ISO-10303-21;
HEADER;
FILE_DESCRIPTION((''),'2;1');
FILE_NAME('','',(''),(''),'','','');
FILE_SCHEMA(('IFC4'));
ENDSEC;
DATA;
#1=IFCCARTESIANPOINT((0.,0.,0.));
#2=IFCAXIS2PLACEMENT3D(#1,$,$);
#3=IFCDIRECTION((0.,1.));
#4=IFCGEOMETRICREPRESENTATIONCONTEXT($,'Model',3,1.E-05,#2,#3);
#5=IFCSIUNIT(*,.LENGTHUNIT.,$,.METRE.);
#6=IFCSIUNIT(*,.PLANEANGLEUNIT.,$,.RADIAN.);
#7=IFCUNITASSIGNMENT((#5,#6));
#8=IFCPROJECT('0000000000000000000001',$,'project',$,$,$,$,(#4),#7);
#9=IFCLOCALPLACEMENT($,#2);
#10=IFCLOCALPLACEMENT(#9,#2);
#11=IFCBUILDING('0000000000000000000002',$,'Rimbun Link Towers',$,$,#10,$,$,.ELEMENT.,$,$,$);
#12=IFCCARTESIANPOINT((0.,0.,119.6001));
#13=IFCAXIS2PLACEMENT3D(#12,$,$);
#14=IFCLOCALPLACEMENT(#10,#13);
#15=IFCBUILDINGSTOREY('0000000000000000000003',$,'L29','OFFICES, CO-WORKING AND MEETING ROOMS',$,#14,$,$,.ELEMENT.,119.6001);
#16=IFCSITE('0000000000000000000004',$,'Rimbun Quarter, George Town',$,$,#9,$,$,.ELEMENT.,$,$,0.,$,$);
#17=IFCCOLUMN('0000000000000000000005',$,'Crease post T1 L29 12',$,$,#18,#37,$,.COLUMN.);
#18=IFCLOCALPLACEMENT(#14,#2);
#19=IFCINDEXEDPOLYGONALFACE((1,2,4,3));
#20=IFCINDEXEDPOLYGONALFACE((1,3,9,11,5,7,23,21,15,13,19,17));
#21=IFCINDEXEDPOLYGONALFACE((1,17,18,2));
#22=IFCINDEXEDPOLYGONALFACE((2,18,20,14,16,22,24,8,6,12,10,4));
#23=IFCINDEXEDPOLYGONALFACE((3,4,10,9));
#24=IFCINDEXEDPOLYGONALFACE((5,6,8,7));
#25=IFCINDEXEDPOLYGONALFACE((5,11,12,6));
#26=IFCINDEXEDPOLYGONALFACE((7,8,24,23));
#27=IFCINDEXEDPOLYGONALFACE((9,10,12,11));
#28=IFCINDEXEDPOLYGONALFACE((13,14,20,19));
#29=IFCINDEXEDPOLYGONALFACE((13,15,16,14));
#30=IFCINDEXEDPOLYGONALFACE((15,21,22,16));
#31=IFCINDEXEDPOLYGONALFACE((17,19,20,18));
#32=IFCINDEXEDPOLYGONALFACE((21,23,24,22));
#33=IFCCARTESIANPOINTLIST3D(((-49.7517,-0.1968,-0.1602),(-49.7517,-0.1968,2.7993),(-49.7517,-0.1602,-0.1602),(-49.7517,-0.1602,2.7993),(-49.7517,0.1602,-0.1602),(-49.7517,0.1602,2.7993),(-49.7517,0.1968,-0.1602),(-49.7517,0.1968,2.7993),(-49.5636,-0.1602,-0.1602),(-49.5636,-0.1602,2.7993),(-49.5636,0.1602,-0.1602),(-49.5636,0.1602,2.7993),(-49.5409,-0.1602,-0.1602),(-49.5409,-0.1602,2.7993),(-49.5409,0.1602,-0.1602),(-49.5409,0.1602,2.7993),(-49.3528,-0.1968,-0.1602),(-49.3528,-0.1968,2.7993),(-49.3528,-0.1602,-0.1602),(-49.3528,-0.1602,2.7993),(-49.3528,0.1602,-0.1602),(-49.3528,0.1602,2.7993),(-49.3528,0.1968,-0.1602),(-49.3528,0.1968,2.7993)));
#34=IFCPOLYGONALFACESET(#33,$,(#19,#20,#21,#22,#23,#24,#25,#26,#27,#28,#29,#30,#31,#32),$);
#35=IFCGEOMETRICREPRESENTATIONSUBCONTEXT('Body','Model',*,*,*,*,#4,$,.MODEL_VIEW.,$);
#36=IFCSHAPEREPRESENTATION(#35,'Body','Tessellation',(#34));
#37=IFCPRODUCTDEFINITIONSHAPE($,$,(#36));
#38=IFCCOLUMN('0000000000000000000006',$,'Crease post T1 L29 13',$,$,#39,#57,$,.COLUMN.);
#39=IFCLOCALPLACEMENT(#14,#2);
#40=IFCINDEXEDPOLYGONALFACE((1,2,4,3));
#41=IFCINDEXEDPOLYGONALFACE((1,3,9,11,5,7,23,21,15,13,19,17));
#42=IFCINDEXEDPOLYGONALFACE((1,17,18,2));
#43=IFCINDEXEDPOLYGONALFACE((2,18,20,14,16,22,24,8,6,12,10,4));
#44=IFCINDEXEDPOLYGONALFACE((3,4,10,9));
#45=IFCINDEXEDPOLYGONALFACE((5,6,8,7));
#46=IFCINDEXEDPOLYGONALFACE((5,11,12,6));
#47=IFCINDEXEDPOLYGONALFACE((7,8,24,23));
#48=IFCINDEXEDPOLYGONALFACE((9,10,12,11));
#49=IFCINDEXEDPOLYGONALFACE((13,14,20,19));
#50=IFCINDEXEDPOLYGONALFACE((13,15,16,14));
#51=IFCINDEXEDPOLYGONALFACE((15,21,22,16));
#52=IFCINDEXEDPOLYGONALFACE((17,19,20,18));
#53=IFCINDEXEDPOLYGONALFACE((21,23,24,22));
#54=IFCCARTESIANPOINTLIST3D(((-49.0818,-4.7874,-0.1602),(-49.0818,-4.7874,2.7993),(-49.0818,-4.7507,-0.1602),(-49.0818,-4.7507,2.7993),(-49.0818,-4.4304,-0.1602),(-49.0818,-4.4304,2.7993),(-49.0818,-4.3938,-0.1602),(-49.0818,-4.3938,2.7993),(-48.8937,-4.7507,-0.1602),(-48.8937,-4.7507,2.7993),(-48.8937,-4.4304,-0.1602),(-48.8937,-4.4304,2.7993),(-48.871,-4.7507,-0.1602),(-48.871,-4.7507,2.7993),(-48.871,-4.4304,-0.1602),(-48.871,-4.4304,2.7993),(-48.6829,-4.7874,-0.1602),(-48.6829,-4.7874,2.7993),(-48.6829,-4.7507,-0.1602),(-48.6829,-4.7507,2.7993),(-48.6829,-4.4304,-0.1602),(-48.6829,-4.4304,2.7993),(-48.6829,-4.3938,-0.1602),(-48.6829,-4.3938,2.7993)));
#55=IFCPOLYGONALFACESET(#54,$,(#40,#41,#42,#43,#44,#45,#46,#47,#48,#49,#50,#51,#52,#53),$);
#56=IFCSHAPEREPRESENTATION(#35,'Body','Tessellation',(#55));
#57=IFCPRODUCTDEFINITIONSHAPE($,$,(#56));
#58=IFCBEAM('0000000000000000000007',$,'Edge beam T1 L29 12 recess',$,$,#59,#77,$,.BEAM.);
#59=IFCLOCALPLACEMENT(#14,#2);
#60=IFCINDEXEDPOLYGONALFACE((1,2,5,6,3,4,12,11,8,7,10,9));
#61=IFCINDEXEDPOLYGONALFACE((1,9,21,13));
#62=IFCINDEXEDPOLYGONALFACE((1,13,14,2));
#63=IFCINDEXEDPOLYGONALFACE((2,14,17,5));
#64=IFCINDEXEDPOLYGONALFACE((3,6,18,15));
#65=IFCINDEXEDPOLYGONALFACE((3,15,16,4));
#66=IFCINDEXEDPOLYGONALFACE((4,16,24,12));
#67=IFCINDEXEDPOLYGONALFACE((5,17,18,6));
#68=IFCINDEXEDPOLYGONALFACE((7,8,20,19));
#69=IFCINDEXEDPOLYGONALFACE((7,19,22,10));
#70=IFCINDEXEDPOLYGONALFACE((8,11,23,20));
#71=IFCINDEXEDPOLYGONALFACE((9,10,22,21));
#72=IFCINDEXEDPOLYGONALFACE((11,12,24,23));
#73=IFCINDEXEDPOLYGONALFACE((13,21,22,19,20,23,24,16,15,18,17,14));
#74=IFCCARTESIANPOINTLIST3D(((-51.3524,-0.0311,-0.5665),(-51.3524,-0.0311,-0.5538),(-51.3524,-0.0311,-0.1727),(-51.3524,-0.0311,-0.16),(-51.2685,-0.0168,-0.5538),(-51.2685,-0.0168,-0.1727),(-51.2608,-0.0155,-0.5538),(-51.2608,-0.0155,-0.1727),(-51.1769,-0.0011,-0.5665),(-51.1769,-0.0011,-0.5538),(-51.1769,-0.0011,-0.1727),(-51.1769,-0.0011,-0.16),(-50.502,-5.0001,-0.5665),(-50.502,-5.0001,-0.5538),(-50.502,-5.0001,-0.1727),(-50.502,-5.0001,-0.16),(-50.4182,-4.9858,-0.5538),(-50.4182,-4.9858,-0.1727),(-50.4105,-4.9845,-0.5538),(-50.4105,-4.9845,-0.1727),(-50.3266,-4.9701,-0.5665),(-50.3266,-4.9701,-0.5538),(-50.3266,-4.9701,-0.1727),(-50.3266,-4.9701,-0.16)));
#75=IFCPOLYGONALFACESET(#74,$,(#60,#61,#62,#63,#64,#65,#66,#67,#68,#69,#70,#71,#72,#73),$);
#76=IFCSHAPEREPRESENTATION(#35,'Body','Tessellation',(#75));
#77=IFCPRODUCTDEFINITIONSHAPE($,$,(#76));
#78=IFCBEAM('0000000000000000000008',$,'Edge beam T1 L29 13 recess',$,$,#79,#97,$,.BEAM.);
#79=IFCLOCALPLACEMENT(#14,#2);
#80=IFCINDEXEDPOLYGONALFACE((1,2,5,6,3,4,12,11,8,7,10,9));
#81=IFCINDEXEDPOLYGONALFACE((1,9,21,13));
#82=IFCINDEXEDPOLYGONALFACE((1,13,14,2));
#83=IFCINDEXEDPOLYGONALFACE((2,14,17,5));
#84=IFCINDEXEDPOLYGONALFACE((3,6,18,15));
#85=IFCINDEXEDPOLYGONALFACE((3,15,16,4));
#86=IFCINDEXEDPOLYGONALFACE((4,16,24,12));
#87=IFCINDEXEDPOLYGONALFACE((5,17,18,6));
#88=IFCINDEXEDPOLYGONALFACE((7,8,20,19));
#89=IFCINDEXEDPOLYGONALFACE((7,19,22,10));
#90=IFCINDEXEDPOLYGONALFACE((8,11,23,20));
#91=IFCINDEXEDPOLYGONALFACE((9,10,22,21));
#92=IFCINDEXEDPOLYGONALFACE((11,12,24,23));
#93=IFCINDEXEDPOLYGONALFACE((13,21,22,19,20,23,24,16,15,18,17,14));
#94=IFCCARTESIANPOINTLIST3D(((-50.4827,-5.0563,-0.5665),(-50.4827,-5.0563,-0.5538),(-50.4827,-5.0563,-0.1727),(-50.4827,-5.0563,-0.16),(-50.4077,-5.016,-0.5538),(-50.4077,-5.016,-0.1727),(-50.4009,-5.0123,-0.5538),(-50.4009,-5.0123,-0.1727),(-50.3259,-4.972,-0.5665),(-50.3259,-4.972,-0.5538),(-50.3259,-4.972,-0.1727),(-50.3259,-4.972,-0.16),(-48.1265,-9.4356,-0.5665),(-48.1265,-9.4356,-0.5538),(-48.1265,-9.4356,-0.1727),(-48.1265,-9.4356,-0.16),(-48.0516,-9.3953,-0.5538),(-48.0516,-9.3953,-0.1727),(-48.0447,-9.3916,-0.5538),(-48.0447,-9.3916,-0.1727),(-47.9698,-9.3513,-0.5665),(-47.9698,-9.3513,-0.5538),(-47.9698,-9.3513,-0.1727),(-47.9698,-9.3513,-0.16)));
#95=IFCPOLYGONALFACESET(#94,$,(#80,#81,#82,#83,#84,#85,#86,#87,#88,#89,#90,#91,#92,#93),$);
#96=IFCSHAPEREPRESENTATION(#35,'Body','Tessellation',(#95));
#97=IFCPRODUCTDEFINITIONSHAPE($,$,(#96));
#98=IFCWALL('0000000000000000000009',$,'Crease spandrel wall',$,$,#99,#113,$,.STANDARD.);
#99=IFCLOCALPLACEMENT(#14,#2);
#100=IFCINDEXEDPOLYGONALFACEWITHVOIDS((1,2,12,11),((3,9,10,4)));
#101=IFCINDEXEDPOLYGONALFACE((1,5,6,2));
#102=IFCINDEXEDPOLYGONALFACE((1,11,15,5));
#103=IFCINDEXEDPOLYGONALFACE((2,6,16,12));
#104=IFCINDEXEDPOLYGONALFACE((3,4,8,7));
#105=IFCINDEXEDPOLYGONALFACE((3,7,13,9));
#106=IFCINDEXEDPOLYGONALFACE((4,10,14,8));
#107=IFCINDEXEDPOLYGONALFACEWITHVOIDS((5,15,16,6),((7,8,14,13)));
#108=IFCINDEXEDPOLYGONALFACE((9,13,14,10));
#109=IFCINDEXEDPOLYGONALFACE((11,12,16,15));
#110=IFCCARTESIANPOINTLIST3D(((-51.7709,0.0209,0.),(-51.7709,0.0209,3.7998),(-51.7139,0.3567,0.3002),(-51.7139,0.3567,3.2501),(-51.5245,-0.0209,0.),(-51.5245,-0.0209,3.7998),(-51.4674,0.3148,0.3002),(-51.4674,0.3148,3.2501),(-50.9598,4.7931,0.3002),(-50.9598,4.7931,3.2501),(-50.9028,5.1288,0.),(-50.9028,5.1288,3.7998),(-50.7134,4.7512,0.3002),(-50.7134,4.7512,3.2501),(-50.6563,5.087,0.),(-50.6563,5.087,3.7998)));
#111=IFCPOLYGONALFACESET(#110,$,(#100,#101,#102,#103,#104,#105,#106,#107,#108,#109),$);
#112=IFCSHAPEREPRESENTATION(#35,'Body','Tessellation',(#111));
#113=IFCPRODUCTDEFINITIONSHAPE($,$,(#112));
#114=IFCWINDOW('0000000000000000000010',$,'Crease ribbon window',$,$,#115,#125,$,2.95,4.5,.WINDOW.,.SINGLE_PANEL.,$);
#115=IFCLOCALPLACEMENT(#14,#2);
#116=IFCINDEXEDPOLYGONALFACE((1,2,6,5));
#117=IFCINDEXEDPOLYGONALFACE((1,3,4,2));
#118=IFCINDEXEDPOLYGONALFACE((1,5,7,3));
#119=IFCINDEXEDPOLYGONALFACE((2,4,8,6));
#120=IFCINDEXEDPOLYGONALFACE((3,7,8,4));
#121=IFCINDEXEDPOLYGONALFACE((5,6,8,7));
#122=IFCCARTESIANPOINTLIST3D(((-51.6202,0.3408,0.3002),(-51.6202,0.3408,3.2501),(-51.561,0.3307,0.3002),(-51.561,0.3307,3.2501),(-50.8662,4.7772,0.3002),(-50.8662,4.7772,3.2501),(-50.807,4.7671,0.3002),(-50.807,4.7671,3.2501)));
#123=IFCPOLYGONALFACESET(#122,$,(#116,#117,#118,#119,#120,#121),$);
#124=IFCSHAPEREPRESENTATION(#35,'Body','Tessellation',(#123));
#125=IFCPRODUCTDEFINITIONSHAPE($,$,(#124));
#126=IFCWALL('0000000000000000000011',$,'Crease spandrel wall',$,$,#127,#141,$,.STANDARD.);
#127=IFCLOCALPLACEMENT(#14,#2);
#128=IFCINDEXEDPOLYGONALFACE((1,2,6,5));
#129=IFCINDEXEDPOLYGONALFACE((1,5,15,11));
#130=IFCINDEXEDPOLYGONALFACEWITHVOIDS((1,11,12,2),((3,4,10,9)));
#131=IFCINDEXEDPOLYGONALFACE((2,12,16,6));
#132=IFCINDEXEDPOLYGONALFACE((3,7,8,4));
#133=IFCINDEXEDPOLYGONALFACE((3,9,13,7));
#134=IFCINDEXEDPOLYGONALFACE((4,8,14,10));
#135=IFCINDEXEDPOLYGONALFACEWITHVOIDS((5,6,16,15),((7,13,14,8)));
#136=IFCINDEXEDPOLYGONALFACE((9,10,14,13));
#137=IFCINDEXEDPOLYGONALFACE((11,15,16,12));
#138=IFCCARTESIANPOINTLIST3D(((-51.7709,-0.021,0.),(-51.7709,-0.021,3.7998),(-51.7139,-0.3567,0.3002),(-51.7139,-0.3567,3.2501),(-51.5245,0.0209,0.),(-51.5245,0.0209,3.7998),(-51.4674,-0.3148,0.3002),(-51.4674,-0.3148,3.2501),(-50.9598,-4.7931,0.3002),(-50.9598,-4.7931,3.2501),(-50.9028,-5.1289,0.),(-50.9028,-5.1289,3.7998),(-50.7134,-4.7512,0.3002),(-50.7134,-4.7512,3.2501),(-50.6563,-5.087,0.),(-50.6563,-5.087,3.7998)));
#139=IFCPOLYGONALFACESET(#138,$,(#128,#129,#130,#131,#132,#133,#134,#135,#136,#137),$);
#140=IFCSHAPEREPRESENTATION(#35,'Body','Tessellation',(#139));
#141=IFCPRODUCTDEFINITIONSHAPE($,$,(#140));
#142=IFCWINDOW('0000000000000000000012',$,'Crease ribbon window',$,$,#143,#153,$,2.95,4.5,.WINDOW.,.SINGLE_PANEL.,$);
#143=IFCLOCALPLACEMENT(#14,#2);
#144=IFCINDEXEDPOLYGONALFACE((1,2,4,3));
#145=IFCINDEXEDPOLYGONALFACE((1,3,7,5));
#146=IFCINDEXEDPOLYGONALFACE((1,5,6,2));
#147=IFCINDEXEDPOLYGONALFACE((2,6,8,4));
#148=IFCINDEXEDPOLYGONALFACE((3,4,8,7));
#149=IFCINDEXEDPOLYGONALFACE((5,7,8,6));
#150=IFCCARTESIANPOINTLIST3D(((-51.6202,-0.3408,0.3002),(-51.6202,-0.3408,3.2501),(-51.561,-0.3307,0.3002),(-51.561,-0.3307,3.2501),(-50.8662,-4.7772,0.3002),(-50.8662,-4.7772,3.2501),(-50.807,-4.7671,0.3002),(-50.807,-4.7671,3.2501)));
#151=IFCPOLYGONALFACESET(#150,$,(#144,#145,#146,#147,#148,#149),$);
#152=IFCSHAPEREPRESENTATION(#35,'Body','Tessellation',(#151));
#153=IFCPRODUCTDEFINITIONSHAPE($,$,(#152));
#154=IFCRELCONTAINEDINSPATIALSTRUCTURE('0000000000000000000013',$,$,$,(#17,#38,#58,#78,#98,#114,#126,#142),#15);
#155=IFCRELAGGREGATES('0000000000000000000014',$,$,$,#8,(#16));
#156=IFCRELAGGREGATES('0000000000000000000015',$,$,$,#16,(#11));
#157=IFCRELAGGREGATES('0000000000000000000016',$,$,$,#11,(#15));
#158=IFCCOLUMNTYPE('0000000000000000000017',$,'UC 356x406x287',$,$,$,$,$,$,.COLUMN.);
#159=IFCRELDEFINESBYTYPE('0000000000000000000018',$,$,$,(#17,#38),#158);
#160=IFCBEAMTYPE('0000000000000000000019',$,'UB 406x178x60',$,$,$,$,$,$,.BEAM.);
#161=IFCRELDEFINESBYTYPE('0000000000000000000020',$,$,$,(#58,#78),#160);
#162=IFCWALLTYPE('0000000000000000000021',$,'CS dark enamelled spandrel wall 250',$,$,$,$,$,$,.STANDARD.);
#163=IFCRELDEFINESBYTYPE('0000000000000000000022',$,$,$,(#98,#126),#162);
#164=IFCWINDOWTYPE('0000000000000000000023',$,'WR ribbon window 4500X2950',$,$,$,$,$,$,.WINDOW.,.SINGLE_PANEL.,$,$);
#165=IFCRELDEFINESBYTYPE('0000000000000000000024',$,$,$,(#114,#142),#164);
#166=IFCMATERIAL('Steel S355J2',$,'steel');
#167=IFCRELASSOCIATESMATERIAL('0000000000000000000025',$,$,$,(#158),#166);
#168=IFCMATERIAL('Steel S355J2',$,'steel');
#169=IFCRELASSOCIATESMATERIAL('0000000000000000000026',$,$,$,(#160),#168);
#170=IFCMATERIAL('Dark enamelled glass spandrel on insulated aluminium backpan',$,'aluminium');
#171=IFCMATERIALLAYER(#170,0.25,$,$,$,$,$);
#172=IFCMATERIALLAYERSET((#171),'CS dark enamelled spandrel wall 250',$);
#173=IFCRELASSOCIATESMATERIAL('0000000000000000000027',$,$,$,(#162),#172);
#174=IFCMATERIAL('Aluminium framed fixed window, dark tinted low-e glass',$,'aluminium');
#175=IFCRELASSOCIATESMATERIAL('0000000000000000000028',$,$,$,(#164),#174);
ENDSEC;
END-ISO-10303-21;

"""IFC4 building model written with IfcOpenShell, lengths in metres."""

from ifc_helpers import new_model, si_unit, direction, frame, frame_2d, origin, origin_2d, place, context, subcontext, project, spatial, rectangle, i_section, extrude, material, layer, layer_set, material_profile, profile_set, type_object, element, fill, save


model = new_model("IFC4")

# Units and contexts
model_context = context("Model", 3, precision=1e-05, world=origin(), true_north=direction((0.0, 1.0)))
body_context = subcontext(model_context, "Body", "Model", "MODEL_VIEW")
ifc_project = project(units=[si_unit("LENGTHUNIT", "METRE"), si_unit("PLANEANGLEUNIT", "RADIAN")], contexts=[model_context])

# Site, building, storey
site_placement = place(None, origin())
site = spatial("IfcSite", under=ifc_project, at=site_placement, Name="Rimbun Quarter, George Town", CompositionType="ELEMENT", RefElevation=0.0)
building_placement = place(site_placement, origin())
building = spatial("IfcBuilding", under=site, at=building_placement, Name="Rimbun Link Towers", CompositionType="ELEMENT")
storey_placement = place(building_placement, frame((0.0, 0.0, 119.6001)))
storey = spatial("IfcBuildingStorey", under=building, at=storey_placement, Name="L29", Description="OFFICES, CO-WORKING AND MEETING ROOMS", CompositionType="ELEMENT", Elevation=119.6001)

# Columns
ifc_material_1 = material(Name="Steel S355J2", Category="steel")
ifc_material_profile_1 = material_profile(ifc_material_1, i_section(OverallWidth=0.3989, OverallDepth=0.3936, WebThickness=0.0227, FlangeThickness=0.0366, at=origin_2d()), Name="UC 356x406x287")
ifc_profile_set_1 = profile_set([ifc_material_profile_1], Name="Steel S355J2")
column_type = type_object("IfcColumnType", Name="UC 356x406x287", PredefinedType="COLUMN", material=ifc_profile_set_1)
for number, where, z_axis, x_axis, name in (
    (1, (-49.5522, 0.0, -0.1602), (0.0, 0.0, 1.0), (1.0, 0.0, 0.0), "Crease post T1 L29 12"),
    (2, (-48.8823, -4.5906, -0.1602), (0.0, 0.0, 1.0), (1.0, 0.0, 0.0), "Crease post T1 L29 13"),
):
    element("IfcColumn", number, at=place(storey_placement, frame(where, z_axis=z_axis, x_axis=x_axis)), inside=storey, type_object=column_type, Name=name, PredefinedType="COLUMN", context=body_context, shape_type="SweptSolid", body=[
        extrude(i_section(OverallWidth=0.3989, OverallDepth=0.3936, WebThickness=0.0227, FlangeThickness=0.0366, at=origin_2d()), origin(), (0.0, 0.0, 1.0), 2.9595),
    ])

# Beams
ifc_material_2 = material(Name="Steel S355J2", Category="steel")
ifc_material_profile_2 = material_profile(ifc_material_2, i_section(OverallWidth=0.178, OverallDepth=0.4065, WebThickness=0.0078, FlangeThickness=0.0127, at=origin_2d()), Name="UB 406x178x60")
ifc_profile_set_2 = profile_set([ifc_material_profile_2], Name="Steel S355J2")
beam_type = type_object("IfcBeamType", Name="UB 406x178x60", PredefinedType="BEAM", material=ifc_profile_set_2)
beam_1_placement = place(storey_placement, frame((-51.2646, -0.0161, -0.3633), z_axis=(0.168677, -0.985671, 0.0), x_axis=(0.985671, 0.168677, 0.0)))
element("IfcBeam", 3, at=beam_1_placement, inside=storey, type_object=beam_type, Name="Edge beam T1 L29 12 recess", PredefinedType="BEAM", context=body_context, shape_type="SweptSolid", body=[
    extrude(i_section(OverallWidth=0.178, OverallDepth=0.4065, WebThickness=0.0078, FlangeThickness=0.0127, at=origin_2d()), origin(), (0.0, 0.0, 1.0), 5.0413),
])
beam_2_placement = place(storey_placement, frame((-50.4043, -5.0142, -0.3633), z_axis=(0.473798, -0.880633, 0.0), x_axis=(0.880633, 0.473798, 0.0)))
element("IfcBeam", 4, at=beam_2_placement, inside=storey, type_object=beam_type, Name="Edge beam T1 L29 13 recess", PredefinedType="BEAM", context=body_context, shape_type="SweptSolid", body=[
    extrude(i_section(OverallWidth=0.178, OverallDepth=0.4065, WebThickness=0.0078, FlangeThickness=0.0127, at=origin_2d()), origin(), (0.0, 0.0, 1.0), 4.9729),
])

# Walls, openings, windows
ifc_material_3 = material(Name="Dark enamelled glass spandrel on insulated aluminium backpan", Category="aluminium")
ifc_layer_1 = layer(ifc_material_3, 0.25)
ifc_layer_set_1 = layer_set([ifc_layer_1], Name="CS dark enamelled spandrel wall 250")
wall_type_1 = type_object("IfcWallType", Name="CS dark enamelled spandrel wall 250", PredefinedType="STANDARD", material=ifc_layer_set_1)
wall_1_placement = place(storey_placement, frame((-51.6477, 0.0, 0.0), z_axis=(0.0, 0.0, 1.0), x_axis=(0.167562, 0.985862, 0.0)))
wall_1 = element("IfcWall", 5, at=wall_1_placement, inside=storey, type_object=wall_type_1, Name="Crease spandrel wall", PredefinedType="STANDARD", context=body_context, shape_type="SweptSolid", body=[
    extrude(rectangle(XDim=5.1812, YDim=0.25, at=frame_2d((2.5906, 0.0))), origin(), (0.0, 0.0, 1.0), 3.7998),
])
opening_1_placement = place(wall_1_placement, frame((0.3406, 0.0, 0.3)))
opening_1 = element("IfcOpeningElement", 6, at=opening_1_placement, cuts=wall_1, PredefinedType="OPENING", context=body_context, shape_type="SweptSolid", body=[
    extrude(rectangle(XDim=4.5, YDim=2.95, at=frame_2d((2.25, 1.4751))), frame((0.0, 0.135, 0.0), z_axis=(0.0, -1.0, 0.0), x_axis=(1.0, 0.0, 0.0)), (0.0, 0.0, 1.0), 0.27),
])
ifc_material_4 = material(Name="Aluminium framed fixed window, dark tinted low-e glass", Category="aluminium")
window_type = type_object("IfcWindowType", Name="WR ribbon window 4500X2950", PartitioningType="SINGLE_PANEL", PredefinedType="WINDOW", material=ifc_material_4)
window_1_placement = place(opening_1_placement, origin())
window_1 = element("IfcWindow", 7, at=window_1_placement, inside=storey, type_object=window_type, Name="Crease ribbon window", OverallHeight=2.95, OverallWidth=4.5, PartitioningType="SINGLE_PANEL", PredefinedType="WINDOW", context=body_context, shape_type="SweptSolid", body=[
    extrude(rectangle(XDim=4.5, YDim=2.95, at=frame_2d((2.25, 1.4751))), frame((0.0, 0.03, 0.0), z_axis=(0.0, -1.0, 0.0), x_axis=(1.0, 0.0, 0.0)), (0.0, 0.0, 1.0), 0.0601),
])
fill(opening_1, window_1)
wall_2_placement = place(storey_placement, frame((-50.7795, -5.1079, 0.0), z_axis=(0.0, 0.0, 1.0), x_axis=(-0.167562, 0.985862, 0.0)))
wall_2 = element("IfcWall", 8, at=wall_2_placement, inside=storey, type_object=wall_type_1, Name="Crease spandrel wall", PredefinedType="STANDARD", context=body_context, shape_type="SweptSolid", body=[
    extrude(rectangle(XDim=5.1812, YDim=0.25, at=frame_2d((2.5906, 0.0))), origin(), (0.0, 0.0, 1.0), 3.7998),
])
opening_2_placement = place(wall_2_placement, frame((0.3406, 0.0, 0.3)))
opening_2 = element("IfcOpeningElement", 9, at=opening_2_placement, cuts=wall_2, PredefinedType="OPENING", context=body_context, shape_type="SweptSolid", body=[
    extrude(rectangle(XDim=4.5, YDim=2.95, at=frame_2d((2.25, 1.4751))), frame((0.0, 0.135, 0.0), z_axis=(0.0, -1.0, 0.0), x_axis=(1.0, 0.0, 0.0)), (0.0, 0.0, 1.0), 0.27),
])
window_2_placement = place(opening_2_placement, origin())
window_2 = element("IfcWindow", 10, at=window_2_placement, inside=storey, type_object=window_type, Name="Crease ribbon window", OverallHeight=2.95, OverallWidth=4.5, PartitioningType="SINGLE_PANEL", PredefinedType="WINDOW", context=body_context, shape_type="SweptSolid", body=[
    extrude(rectangle(XDim=4.5, YDim=2.95, at=frame_2d((2.25, 1.4751))), frame((0.0, 0.03, 0.0), z_axis=(0.0, -1.0, 0.0), x_axis=(1.0, 0.0, 0.0)), (0.0, 0.0, 1.0), 0.0601),
])
fill(opening_2, window_2)

save(model, "model.ifc")
